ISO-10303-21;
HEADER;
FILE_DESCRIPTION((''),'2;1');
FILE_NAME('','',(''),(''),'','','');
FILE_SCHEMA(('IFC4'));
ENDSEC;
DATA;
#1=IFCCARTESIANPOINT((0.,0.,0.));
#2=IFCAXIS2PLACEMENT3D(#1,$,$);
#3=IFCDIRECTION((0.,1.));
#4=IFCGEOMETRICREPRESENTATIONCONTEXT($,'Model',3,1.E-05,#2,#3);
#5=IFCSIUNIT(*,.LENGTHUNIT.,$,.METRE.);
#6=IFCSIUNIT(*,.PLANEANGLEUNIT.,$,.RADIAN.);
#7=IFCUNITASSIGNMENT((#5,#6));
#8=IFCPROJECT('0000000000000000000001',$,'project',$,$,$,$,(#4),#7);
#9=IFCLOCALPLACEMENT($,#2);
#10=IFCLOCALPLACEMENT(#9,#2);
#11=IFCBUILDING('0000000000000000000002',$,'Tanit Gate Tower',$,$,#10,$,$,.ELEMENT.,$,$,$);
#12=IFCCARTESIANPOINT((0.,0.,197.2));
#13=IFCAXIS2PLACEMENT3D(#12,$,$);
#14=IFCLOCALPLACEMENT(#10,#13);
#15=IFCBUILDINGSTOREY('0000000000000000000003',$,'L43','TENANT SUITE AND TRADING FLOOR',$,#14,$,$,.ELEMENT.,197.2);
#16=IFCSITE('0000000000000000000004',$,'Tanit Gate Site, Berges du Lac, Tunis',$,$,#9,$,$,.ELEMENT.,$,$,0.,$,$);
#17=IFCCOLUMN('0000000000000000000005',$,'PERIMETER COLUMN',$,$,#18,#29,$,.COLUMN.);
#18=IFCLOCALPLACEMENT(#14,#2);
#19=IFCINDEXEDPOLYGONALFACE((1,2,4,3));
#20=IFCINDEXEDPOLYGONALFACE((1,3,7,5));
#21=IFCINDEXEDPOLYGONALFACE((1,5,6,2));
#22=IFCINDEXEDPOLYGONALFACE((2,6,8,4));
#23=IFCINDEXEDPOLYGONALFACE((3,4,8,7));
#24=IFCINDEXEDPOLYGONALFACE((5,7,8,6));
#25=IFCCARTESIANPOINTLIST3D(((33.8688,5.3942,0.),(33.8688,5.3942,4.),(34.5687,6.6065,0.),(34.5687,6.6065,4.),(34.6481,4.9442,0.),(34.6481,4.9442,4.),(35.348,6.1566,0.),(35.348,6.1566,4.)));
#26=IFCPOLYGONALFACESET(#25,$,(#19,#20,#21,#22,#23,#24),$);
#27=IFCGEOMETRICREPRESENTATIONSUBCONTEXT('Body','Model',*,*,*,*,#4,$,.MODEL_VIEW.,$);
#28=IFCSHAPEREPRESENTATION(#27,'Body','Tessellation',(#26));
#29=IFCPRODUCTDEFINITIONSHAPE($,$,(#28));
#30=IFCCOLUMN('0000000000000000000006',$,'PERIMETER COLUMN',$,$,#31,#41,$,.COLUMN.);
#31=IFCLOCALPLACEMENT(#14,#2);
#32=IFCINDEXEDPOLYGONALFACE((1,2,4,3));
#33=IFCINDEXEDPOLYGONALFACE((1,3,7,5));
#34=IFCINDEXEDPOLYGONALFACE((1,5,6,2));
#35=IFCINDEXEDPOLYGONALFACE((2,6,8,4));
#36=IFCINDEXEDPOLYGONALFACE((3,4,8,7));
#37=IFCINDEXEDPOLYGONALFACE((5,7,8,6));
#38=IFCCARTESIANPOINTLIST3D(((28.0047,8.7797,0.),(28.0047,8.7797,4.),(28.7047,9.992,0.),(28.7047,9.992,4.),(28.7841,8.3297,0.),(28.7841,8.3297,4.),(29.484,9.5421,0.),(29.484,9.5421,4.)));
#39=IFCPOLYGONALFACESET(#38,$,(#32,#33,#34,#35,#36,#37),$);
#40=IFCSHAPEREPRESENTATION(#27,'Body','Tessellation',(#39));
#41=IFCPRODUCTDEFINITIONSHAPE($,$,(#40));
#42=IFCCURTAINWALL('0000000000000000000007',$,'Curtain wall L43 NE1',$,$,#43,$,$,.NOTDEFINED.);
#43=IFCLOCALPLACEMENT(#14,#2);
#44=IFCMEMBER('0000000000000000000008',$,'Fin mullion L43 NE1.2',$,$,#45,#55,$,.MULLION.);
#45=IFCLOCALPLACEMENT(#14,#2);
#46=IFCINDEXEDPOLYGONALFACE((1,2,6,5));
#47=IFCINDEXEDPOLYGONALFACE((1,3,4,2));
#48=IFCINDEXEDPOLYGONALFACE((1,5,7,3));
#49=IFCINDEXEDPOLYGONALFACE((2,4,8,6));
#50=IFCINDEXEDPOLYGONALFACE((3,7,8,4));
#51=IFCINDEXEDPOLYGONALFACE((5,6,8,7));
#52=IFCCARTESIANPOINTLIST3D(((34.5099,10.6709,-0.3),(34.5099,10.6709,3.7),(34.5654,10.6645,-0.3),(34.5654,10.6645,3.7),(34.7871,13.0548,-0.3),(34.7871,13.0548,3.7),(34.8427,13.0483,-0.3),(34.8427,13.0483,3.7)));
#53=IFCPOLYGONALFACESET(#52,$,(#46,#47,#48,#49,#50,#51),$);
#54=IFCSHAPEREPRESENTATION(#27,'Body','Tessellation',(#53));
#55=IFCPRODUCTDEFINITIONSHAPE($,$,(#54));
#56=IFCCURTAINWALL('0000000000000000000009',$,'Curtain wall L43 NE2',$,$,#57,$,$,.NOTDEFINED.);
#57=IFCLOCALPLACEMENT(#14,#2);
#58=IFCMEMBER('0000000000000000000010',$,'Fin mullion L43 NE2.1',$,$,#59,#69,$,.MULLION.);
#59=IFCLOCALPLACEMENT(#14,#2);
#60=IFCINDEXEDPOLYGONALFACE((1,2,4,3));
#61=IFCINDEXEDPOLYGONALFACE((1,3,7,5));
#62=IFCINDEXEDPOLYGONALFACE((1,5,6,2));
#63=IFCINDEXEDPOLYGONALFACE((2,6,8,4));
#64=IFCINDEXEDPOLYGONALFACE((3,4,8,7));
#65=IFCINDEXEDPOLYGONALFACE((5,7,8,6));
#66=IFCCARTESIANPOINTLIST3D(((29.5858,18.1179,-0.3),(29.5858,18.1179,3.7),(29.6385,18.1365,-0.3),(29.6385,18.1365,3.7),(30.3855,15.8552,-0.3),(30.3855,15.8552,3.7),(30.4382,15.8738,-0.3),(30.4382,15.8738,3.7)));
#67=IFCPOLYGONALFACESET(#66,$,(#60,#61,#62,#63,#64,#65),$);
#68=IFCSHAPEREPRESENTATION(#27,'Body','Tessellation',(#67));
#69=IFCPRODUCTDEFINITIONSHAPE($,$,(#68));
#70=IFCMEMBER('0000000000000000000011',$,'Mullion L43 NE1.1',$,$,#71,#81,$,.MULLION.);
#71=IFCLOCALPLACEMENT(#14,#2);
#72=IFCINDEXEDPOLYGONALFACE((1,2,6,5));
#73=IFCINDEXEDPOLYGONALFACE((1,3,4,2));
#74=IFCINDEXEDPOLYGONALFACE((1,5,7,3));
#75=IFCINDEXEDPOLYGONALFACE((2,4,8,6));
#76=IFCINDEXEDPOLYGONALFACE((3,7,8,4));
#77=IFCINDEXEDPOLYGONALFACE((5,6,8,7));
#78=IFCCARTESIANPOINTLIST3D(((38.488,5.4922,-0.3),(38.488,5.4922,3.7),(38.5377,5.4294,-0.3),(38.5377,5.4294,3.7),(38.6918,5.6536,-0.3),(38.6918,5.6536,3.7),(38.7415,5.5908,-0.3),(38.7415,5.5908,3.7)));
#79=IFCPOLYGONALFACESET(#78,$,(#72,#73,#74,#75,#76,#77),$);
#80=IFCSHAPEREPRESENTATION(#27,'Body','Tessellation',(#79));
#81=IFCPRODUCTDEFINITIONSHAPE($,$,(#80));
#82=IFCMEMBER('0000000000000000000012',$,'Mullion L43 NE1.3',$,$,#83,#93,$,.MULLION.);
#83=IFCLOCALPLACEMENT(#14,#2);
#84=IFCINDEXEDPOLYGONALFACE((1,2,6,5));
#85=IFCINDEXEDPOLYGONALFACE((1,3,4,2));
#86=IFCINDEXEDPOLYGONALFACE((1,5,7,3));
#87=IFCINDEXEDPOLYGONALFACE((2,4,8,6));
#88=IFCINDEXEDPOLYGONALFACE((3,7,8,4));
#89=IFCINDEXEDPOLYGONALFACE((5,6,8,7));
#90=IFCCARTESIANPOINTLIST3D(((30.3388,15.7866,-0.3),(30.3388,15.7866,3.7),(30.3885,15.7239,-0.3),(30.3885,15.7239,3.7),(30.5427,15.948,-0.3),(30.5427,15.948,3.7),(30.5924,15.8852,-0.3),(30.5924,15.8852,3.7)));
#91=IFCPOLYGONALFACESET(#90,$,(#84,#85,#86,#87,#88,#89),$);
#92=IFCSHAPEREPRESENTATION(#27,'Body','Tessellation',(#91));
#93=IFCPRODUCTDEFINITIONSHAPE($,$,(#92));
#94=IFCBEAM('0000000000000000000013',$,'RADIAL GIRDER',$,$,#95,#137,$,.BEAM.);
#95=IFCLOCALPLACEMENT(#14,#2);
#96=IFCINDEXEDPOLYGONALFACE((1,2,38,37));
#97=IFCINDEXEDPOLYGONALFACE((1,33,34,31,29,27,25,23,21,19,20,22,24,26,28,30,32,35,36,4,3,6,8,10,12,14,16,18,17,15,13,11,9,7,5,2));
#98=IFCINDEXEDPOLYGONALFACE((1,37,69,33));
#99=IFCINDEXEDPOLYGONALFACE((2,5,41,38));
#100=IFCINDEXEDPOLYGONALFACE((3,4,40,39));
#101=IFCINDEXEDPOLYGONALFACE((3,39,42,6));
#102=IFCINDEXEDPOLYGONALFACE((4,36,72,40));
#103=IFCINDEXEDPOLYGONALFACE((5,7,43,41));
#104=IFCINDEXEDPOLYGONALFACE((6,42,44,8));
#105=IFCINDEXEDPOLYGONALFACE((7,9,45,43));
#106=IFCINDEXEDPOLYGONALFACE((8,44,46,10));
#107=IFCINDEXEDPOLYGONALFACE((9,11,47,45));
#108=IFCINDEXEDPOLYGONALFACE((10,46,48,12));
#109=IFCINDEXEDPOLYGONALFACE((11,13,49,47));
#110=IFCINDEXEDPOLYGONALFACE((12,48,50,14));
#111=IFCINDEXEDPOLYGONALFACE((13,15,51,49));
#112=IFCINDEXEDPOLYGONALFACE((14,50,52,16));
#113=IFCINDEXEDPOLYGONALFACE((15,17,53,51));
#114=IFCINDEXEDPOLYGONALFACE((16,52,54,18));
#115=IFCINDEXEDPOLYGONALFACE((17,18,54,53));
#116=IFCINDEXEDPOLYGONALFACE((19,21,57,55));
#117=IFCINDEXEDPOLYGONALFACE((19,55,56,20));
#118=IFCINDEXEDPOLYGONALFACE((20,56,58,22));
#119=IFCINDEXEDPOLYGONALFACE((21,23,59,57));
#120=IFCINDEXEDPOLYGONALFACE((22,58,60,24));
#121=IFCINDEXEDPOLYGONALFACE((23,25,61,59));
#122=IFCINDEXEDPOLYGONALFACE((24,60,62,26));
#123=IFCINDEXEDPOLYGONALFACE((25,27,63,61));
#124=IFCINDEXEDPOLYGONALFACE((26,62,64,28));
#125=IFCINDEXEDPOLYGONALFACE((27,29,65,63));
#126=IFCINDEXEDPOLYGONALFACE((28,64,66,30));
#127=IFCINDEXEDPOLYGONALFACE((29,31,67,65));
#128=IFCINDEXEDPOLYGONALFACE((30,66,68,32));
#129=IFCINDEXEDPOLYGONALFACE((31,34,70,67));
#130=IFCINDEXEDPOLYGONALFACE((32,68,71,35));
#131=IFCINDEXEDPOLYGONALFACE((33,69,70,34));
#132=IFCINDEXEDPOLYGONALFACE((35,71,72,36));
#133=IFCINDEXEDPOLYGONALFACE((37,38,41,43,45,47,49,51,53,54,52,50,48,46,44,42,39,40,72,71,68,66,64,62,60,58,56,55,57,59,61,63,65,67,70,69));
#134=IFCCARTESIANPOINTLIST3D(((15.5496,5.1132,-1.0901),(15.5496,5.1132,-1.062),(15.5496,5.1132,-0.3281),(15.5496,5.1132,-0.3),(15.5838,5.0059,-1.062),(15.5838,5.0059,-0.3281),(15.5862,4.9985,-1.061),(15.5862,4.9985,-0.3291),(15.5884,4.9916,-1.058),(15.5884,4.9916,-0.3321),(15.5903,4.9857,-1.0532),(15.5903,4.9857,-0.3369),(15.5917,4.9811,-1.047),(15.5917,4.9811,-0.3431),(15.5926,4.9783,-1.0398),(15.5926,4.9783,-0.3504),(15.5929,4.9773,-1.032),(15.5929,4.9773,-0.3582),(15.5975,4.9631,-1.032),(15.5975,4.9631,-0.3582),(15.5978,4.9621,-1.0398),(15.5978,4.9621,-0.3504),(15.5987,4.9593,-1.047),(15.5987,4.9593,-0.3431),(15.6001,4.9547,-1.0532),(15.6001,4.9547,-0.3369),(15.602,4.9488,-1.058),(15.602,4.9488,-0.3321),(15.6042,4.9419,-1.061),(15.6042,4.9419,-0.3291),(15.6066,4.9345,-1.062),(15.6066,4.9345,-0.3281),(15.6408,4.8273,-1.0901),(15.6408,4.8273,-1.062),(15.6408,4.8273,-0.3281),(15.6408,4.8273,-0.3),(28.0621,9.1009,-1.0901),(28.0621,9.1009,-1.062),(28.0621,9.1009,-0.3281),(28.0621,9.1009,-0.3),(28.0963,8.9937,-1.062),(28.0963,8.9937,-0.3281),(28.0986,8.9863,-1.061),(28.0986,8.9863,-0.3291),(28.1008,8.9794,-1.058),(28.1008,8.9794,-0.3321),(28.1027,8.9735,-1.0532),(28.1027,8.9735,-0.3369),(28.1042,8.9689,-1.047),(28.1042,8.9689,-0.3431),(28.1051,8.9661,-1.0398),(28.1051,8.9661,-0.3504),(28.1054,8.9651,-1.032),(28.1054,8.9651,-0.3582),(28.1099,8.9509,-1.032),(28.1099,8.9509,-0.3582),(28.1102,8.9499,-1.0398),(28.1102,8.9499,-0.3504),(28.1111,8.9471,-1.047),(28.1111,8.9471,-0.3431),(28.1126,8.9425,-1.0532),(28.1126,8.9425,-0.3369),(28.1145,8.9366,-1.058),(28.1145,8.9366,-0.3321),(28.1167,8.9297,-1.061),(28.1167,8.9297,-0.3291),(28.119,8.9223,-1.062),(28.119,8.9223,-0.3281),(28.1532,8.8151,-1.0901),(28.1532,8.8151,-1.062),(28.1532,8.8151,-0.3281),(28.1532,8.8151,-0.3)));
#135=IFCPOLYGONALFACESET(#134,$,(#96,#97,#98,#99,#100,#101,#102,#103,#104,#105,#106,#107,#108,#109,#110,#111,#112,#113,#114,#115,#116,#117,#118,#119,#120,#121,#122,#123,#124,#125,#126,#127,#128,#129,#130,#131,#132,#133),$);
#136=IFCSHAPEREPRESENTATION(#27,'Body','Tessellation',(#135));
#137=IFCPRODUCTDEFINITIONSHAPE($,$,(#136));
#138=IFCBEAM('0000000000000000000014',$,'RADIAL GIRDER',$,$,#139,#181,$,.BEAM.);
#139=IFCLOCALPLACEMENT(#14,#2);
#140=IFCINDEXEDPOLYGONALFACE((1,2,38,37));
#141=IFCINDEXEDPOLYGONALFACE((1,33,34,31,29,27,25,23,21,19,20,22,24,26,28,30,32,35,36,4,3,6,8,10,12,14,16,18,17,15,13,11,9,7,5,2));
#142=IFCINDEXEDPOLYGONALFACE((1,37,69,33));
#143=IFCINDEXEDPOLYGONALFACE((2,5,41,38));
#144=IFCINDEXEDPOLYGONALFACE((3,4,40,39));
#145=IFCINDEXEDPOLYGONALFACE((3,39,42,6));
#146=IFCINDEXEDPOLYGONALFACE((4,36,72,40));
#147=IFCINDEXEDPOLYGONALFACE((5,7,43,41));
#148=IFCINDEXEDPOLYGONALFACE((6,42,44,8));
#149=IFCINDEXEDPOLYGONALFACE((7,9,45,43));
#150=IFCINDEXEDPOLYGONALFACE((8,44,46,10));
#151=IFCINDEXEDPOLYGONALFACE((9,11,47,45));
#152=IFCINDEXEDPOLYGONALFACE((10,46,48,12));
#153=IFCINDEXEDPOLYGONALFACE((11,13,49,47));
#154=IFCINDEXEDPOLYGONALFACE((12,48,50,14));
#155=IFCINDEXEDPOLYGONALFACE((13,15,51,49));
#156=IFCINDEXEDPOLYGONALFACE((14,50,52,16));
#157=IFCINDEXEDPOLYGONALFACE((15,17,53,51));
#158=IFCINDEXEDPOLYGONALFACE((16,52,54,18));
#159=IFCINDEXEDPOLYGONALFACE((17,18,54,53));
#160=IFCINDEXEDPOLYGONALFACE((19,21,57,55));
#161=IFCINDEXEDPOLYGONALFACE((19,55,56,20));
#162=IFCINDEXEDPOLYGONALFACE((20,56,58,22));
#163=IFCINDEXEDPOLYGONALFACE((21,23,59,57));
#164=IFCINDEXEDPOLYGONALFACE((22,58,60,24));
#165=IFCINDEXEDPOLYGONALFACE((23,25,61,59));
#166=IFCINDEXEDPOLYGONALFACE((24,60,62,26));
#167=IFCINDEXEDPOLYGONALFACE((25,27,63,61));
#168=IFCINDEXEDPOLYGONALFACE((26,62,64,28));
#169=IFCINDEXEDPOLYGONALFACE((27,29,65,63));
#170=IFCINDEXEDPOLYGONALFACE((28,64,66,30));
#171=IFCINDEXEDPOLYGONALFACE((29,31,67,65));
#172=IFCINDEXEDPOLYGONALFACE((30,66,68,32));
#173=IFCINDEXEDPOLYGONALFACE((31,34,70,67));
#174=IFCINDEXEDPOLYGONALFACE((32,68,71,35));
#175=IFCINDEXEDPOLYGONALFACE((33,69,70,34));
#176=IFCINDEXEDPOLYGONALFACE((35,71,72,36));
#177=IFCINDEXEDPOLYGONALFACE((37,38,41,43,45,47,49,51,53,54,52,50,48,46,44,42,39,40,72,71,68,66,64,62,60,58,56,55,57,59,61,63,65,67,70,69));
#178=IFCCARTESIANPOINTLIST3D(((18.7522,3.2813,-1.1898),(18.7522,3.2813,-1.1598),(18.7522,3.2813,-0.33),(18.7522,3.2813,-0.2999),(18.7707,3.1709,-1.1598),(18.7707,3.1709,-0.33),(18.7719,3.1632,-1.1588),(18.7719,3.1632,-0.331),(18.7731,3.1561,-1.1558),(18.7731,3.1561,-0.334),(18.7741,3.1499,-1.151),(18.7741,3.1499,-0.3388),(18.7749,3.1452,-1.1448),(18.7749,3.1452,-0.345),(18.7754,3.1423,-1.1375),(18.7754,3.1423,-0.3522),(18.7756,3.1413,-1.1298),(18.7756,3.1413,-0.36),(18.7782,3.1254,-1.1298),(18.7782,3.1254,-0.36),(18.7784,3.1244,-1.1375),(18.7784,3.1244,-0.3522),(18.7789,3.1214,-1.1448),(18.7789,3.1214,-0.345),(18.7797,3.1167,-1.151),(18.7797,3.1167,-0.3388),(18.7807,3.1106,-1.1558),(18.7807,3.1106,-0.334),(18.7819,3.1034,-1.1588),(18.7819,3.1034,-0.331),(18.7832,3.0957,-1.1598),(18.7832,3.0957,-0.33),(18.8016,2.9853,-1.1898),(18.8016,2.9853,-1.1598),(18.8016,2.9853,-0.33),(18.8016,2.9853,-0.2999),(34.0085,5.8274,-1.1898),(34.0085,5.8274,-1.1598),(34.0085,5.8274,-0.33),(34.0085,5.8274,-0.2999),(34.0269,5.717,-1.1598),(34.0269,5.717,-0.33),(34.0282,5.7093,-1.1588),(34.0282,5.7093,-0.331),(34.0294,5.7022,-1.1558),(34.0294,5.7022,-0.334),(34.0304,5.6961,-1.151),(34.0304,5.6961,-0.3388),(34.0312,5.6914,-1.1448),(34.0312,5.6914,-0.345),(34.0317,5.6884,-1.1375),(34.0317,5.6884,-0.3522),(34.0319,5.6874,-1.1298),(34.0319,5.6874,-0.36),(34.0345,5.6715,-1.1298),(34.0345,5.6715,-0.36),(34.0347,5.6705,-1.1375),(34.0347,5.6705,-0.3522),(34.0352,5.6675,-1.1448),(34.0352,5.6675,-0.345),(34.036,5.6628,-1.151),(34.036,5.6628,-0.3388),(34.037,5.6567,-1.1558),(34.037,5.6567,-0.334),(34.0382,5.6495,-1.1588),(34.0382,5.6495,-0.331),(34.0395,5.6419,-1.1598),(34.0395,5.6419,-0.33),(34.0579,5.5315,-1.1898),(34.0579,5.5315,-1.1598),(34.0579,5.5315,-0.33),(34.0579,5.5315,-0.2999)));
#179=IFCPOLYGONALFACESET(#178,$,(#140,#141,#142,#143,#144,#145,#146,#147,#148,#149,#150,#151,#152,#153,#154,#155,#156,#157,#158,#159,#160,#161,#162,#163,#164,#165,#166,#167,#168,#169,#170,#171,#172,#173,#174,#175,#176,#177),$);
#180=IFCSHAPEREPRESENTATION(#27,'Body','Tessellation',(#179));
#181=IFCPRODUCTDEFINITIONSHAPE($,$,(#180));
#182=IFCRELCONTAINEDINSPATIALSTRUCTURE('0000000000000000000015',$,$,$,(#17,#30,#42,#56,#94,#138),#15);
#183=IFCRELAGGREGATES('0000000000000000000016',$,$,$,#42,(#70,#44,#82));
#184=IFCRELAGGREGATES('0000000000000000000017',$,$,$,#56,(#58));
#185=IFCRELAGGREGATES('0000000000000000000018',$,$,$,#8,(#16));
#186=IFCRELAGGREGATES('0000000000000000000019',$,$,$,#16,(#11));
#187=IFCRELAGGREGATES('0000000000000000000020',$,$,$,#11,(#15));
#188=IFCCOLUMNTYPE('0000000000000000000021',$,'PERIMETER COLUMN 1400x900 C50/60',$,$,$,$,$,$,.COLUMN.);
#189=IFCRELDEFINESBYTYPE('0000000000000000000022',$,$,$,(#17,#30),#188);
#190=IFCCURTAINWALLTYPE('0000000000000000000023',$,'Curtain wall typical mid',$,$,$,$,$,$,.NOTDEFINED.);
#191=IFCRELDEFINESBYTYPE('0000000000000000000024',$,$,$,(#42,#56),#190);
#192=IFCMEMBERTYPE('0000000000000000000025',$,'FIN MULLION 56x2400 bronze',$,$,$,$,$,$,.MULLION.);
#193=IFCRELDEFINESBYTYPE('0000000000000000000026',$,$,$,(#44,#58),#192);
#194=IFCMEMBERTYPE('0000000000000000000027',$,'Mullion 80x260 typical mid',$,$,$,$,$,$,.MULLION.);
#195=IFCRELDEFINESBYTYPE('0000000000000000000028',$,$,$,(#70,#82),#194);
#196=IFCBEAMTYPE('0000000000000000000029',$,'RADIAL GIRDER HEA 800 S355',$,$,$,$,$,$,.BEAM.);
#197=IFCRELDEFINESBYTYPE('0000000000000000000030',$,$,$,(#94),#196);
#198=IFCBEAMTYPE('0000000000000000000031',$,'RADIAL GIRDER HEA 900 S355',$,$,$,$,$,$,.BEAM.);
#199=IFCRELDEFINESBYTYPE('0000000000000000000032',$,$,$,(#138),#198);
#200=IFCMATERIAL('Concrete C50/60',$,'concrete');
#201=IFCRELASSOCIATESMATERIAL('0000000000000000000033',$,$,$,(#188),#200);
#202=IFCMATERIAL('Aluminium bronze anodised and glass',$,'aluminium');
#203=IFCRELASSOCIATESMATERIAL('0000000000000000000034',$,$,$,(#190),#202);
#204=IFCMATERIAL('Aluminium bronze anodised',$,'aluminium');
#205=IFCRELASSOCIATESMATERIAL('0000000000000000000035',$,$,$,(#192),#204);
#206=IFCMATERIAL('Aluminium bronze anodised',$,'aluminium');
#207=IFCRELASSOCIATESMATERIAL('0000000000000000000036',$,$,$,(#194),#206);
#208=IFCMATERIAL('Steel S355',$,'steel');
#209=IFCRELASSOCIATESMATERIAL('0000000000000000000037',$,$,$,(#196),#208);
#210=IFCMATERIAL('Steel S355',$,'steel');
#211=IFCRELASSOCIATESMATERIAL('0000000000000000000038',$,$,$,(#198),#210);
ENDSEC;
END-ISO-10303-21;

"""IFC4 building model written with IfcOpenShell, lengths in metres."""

from ifc_helpers import new_model, si_unit, direction, frame, origin, origin_2d, place, context, subcontext, project, spatial, rectangle, i_section, extrude, material, material_profile, profile_set, type_object, element, aggregate, save


model = new_model("IFC4")

# Units and contexts
model_context = context("Model", 3, precision=1e-05, world=origin(), true_north=direction((0.0, 1.0)))
body_context = subcontext(model_context, "Body", "Model", "MODEL_VIEW")
ifc_project = project(units=[si_unit("LENGTHUNIT", "METRE"), si_unit("PLANEANGLEUNIT", "RADIAN")], contexts=[model_context])

# Site, building, storey
site_placement = place(None, origin())
site = spatial("IfcSite", under=ifc_project, at=site_placement, Name="Tanit Gate Site, Berges du Lac, Tunis", CompositionType="ELEMENT", RefElevation=0.0)
building_placement = place(site_placement, origin())
building = spatial("IfcBuilding", under=site, at=building_placement, Name="Tanit Gate Tower", CompositionType="ELEMENT")
storey_placement = place(building_placement, frame((0.0, 0.0, 197.2)))
storey = spatial("IfcBuildingStorey", under=building, at=storey_placement, Name="L43", Description="TENANT SUITE AND TRADING FLOOR", CompositionType="ELEMENT", Elevation=197.2)

# Columns
ifc_material_1 = material(Name="Concrete C50/60", Category="concrete")
ifc_material_profile_1 = material_profile(ifc_material_1, rectangle(XDim=1.3999, YDim=0.8999, at=origin_2d()), Name="RC 1400x900")
ifc_profile_set_1 = profile_set([ifc_material_profile_1], Name="Concrete C50/60")
column_type = type_object("IfcColumnType", Name="PERIMETER COLUMN 1400x900 C50/60", PredefinedType="COLUMN", material=ifc_profile_set_1)
for number, where, z_axis, x_axis, name in (
    (1, (34.6084, 5.7754, 0.0), (0.0, 0.0, 1.0), (0.5, 0.866025, 0.0), "PERIMETER COLUMN"),
    (2, (28.7444, 9.1609, 0.0), (0.0, 0.0, 1.0), (0.5, 0.866025, 0.0), "PERIMETER COLUMN"),
):
    element("IfcColumn", number, at=place(storey_placement, frame(where, z_axis=z_axis, x_axis=x_axis)), inside=storey, type_object=column_type, Name=name, PredefinedType="COLUMN", context=body_context, shape_type="SweptSolid", body=[
        extrude(rectangle(XDim=1.3999, YDim=0.8999, at=origin_2d()), origin(), (0.0, 0.0, 1.0), 4.0),
    ])

# Curtain walls, members
ifc_material_2 = material(Name="Aluminium bronze anodised and glass", Category="aluminium")
curtain_wall_type = type_object("IfcCurtainWallType", Name="Curtain wall typical mid", PredefinedType="NOTDEFINED", material=ifc_material_2)
curtain_wall_1_placement = place(storey_placement, origin())
curtain_wall_1 = element("IfcCurtainWall", 3, at=curtain_wall_1_placement, inside=storey, type_object=curtain_wall_type, Name="Curtain wall L43 NE1", PredefinedType="NOTDEFINED")
ifc_material_3 = material(Name="Aluminium bronze anodised", Category="aluminium")
ifc_material_profile_2 = material_profile(ifc_material_3, rectangle(XDim=2.3999, YDim=0.0559, at=origin_2d()), Name="56x2400 bronze fin mullion")
ifc_profile_set_2 = profile_set([ifc_material_profile_2], Name="Aluminium bronze anodised")
member_type_1 = type_object("IfcMemberType", Name="FIN MULLION 56x2400 bronze", PredefinedType="MULLION", material=ifc_profile_set_2)
member_1_placement = place(storey_placement, frame((34.6763, 11.8596, -0.3), z_axis=(0.0, 0.0, 1.0), x_axis=(-0.115537, -0.993303, 0.0)))
member_1 = element("IfcMember", 4, at=member_1_placement, type_object=member_type_1, Name="Fin mullion L43 NE1.2", PredefinedType="MULLION", context=body_context, shape_type="SweptSolid", body=[
    extrude(rectangle(XDim=2.3999, YDim=0.0559, at=origin_2d()), origin(), (0.0, 0.0, 1.0), 4.0),
])
curtain_wall_2_placement = place(storey_placement, origin())
curtain_wall_2 = element("IfcCurtainWall", 5, at=curtain_wall_2_placement, inside=storey, type_object=curtain_wall_type, Name="Curtain wall L43 NE2", PredefinedType="NOTDEFINED")
member_2_placement = place(storey_placement, frame((30.012, 16.9958, -0.3), z_axis=(0.0, 0.0, 1.0), x_axis=(0.33322, -0.942849, 0.0)))
member_2 = element("IfcMember", 6, at=member_2_placement, type_object=member_type_1, Name="Fin mullion L43 NE2.1", PredefinedType="MULLION", context=body_context, shape_type="SweptSolid", body=[
    extrude(rectangle(XDim=2.3999, YDim=0.0559, at=origin_2d()), origin(), (0.0, 0.0, 1.0), 4.0),
])

# Members
ifc_material_4 = material(Name="Aluminium bronze anodised", Category="aluminium")
ifc_material_profile_3 = material_profile(ifc_material_4, rectangle(XDim=0.26, YDim=0.0801, at=origin_2d()), Name="80x260 bronze mullion")
ifc_profile_set_3 = profile_set([ifc_material_profile_3], Name="Aluminium bronze anodised")
member_type_2 = type_object("IfcMemberType", Name="Mullion 80x260 typical mid", PredefinedType="MULLION", material=ifc_profile_set_3)
member_3_placement = place(storey_placement, frame((38.6147, 5.5415, -0.3), z_axis=(0.0, 0.0, 1.0), x_axis=(-0.784068, -0.620675, 0.0)))
member_3 = element("IfcMember", 7, at=member_3_placement, type_object=member_type_2, Name="Mullion L43 NE1.1", PredefinedType="MULLION", context=body_context, shape_type="SweptSolid", body=[
    extrude(rectangle(XDim=0.26, YDim=0.0801, at=origin_2d()), origin(), (0.0, 0.0, 1.0), 4.0),
])
member_4_placement = place(storey_placement, frame((30.4656, 15.8359, -0.3), z_axis=(0.0, 0.0, 1.0), x_axis=(-0.784068, -0.620675, 0.0)))
member_4 = element("IfcMember", 8, at=member_4_placement, type_object=member_type_2, Name="Mullion L43 NE1.3", PredefinedType="MULLION", context=body_context, shape_type="SweptSolid", body=[
    extrude(rectangle(XDim=0.26, YDim=0.0801, at=origin_2d()), origin(), (0.0, 0.0, 1.0), 4.0),
])

# Beams
ifc_material_5 = material(Name="Steel S355", Category="steel")
ifc_material_profile_4 = material_profile(ifc_material_5, i_section(OverallWidth=0.3, OverallDepth=0.79, WebThickness=0.0149, FlangeThickness=0.0281, FilletRadius=0.03, at=origin_2d()), Name="HEA 800")
ifc_profile_set_4 = profile_set([ifc_material_profile_4], Name="Steel S355")
beam_type_1 = type_object("IfcBeamType", Name="RADIAL GIRDER HEA 800 S355", PredefinedType="BEAM", material=ifc_profile_set_4)
beam_1_placement = place(storey_placement, frame((28.1077, 8.958, -0.6951), z_axis=(-0.952781, -0.303657, 0.0), x_axis=(0.303657, -0.952781, 0.0)))
element("IfcBeam", 9, at=beam_1_placement, inside=storey, type_object=beam_type_1, Name="RADIAL GIRDER", PredefinedType="BEAM", context=body_context, shape_type="SweptSolid", body=[
    extrude(i_section(OverallWidth=0.3, OverallDepth=0.79, WebThickness=0.0149, FlangeThickness=0.0281, FilletRadius=0.03, at=origin_2d()), origin(), (0.0, 0.0, 1.0), 13.1326),
])
ifc_material_6 = material(Name="Steel S355", Category="steel")
ifc_material_profile_5 = material_profile(ifc_material_6, i_section(OverallWidth=0.3, OverallDepth=0.8899, WebThickness=0.0161, FlangeThickness=0.03, FilletRadius=0.03, at=origin_2d()), Name="HEA 900")
ifc_profile_set_5 = profile_set([ifc_material_profile_5], Name="Steel S355")
beam_type_2 = type_object("IfcBeamType", Name="RADIAL GIRDER HEA 900 S355", PredefinedType="BEAM", material=ifc_profile_set_5)
beam_2_placement = place(storey_placement, frame((34.0332, 5.6794, -0.7449), z_axis=(-0.986358, -0.164614, 0.0), x_axis=(0.164614, -0.986358, 0.0)))
element("IfcBeam", 10, at=beam_2_placement, inside=storey, type_object=beam_type_2, Name="RADIAL GIRDER", PredefinedType="BEAM", context=body_context, shape_type="SweptSolid", body=[
    extrude(i_section(OverallWidth=0.3, OverallDepth=0.8899, WebThickness=0.0161, FlangeThickness=0.03, FilletRadius=0.03, at=origin_2d()), origin(), (0.0, 0.0, 1.0), 15.4673),
])

aggregate(curtain_wall_1, [member_3, member_1, member_4])
aggregate(curtain_wall_2, [member_2])

save(model, "model.ifc")
